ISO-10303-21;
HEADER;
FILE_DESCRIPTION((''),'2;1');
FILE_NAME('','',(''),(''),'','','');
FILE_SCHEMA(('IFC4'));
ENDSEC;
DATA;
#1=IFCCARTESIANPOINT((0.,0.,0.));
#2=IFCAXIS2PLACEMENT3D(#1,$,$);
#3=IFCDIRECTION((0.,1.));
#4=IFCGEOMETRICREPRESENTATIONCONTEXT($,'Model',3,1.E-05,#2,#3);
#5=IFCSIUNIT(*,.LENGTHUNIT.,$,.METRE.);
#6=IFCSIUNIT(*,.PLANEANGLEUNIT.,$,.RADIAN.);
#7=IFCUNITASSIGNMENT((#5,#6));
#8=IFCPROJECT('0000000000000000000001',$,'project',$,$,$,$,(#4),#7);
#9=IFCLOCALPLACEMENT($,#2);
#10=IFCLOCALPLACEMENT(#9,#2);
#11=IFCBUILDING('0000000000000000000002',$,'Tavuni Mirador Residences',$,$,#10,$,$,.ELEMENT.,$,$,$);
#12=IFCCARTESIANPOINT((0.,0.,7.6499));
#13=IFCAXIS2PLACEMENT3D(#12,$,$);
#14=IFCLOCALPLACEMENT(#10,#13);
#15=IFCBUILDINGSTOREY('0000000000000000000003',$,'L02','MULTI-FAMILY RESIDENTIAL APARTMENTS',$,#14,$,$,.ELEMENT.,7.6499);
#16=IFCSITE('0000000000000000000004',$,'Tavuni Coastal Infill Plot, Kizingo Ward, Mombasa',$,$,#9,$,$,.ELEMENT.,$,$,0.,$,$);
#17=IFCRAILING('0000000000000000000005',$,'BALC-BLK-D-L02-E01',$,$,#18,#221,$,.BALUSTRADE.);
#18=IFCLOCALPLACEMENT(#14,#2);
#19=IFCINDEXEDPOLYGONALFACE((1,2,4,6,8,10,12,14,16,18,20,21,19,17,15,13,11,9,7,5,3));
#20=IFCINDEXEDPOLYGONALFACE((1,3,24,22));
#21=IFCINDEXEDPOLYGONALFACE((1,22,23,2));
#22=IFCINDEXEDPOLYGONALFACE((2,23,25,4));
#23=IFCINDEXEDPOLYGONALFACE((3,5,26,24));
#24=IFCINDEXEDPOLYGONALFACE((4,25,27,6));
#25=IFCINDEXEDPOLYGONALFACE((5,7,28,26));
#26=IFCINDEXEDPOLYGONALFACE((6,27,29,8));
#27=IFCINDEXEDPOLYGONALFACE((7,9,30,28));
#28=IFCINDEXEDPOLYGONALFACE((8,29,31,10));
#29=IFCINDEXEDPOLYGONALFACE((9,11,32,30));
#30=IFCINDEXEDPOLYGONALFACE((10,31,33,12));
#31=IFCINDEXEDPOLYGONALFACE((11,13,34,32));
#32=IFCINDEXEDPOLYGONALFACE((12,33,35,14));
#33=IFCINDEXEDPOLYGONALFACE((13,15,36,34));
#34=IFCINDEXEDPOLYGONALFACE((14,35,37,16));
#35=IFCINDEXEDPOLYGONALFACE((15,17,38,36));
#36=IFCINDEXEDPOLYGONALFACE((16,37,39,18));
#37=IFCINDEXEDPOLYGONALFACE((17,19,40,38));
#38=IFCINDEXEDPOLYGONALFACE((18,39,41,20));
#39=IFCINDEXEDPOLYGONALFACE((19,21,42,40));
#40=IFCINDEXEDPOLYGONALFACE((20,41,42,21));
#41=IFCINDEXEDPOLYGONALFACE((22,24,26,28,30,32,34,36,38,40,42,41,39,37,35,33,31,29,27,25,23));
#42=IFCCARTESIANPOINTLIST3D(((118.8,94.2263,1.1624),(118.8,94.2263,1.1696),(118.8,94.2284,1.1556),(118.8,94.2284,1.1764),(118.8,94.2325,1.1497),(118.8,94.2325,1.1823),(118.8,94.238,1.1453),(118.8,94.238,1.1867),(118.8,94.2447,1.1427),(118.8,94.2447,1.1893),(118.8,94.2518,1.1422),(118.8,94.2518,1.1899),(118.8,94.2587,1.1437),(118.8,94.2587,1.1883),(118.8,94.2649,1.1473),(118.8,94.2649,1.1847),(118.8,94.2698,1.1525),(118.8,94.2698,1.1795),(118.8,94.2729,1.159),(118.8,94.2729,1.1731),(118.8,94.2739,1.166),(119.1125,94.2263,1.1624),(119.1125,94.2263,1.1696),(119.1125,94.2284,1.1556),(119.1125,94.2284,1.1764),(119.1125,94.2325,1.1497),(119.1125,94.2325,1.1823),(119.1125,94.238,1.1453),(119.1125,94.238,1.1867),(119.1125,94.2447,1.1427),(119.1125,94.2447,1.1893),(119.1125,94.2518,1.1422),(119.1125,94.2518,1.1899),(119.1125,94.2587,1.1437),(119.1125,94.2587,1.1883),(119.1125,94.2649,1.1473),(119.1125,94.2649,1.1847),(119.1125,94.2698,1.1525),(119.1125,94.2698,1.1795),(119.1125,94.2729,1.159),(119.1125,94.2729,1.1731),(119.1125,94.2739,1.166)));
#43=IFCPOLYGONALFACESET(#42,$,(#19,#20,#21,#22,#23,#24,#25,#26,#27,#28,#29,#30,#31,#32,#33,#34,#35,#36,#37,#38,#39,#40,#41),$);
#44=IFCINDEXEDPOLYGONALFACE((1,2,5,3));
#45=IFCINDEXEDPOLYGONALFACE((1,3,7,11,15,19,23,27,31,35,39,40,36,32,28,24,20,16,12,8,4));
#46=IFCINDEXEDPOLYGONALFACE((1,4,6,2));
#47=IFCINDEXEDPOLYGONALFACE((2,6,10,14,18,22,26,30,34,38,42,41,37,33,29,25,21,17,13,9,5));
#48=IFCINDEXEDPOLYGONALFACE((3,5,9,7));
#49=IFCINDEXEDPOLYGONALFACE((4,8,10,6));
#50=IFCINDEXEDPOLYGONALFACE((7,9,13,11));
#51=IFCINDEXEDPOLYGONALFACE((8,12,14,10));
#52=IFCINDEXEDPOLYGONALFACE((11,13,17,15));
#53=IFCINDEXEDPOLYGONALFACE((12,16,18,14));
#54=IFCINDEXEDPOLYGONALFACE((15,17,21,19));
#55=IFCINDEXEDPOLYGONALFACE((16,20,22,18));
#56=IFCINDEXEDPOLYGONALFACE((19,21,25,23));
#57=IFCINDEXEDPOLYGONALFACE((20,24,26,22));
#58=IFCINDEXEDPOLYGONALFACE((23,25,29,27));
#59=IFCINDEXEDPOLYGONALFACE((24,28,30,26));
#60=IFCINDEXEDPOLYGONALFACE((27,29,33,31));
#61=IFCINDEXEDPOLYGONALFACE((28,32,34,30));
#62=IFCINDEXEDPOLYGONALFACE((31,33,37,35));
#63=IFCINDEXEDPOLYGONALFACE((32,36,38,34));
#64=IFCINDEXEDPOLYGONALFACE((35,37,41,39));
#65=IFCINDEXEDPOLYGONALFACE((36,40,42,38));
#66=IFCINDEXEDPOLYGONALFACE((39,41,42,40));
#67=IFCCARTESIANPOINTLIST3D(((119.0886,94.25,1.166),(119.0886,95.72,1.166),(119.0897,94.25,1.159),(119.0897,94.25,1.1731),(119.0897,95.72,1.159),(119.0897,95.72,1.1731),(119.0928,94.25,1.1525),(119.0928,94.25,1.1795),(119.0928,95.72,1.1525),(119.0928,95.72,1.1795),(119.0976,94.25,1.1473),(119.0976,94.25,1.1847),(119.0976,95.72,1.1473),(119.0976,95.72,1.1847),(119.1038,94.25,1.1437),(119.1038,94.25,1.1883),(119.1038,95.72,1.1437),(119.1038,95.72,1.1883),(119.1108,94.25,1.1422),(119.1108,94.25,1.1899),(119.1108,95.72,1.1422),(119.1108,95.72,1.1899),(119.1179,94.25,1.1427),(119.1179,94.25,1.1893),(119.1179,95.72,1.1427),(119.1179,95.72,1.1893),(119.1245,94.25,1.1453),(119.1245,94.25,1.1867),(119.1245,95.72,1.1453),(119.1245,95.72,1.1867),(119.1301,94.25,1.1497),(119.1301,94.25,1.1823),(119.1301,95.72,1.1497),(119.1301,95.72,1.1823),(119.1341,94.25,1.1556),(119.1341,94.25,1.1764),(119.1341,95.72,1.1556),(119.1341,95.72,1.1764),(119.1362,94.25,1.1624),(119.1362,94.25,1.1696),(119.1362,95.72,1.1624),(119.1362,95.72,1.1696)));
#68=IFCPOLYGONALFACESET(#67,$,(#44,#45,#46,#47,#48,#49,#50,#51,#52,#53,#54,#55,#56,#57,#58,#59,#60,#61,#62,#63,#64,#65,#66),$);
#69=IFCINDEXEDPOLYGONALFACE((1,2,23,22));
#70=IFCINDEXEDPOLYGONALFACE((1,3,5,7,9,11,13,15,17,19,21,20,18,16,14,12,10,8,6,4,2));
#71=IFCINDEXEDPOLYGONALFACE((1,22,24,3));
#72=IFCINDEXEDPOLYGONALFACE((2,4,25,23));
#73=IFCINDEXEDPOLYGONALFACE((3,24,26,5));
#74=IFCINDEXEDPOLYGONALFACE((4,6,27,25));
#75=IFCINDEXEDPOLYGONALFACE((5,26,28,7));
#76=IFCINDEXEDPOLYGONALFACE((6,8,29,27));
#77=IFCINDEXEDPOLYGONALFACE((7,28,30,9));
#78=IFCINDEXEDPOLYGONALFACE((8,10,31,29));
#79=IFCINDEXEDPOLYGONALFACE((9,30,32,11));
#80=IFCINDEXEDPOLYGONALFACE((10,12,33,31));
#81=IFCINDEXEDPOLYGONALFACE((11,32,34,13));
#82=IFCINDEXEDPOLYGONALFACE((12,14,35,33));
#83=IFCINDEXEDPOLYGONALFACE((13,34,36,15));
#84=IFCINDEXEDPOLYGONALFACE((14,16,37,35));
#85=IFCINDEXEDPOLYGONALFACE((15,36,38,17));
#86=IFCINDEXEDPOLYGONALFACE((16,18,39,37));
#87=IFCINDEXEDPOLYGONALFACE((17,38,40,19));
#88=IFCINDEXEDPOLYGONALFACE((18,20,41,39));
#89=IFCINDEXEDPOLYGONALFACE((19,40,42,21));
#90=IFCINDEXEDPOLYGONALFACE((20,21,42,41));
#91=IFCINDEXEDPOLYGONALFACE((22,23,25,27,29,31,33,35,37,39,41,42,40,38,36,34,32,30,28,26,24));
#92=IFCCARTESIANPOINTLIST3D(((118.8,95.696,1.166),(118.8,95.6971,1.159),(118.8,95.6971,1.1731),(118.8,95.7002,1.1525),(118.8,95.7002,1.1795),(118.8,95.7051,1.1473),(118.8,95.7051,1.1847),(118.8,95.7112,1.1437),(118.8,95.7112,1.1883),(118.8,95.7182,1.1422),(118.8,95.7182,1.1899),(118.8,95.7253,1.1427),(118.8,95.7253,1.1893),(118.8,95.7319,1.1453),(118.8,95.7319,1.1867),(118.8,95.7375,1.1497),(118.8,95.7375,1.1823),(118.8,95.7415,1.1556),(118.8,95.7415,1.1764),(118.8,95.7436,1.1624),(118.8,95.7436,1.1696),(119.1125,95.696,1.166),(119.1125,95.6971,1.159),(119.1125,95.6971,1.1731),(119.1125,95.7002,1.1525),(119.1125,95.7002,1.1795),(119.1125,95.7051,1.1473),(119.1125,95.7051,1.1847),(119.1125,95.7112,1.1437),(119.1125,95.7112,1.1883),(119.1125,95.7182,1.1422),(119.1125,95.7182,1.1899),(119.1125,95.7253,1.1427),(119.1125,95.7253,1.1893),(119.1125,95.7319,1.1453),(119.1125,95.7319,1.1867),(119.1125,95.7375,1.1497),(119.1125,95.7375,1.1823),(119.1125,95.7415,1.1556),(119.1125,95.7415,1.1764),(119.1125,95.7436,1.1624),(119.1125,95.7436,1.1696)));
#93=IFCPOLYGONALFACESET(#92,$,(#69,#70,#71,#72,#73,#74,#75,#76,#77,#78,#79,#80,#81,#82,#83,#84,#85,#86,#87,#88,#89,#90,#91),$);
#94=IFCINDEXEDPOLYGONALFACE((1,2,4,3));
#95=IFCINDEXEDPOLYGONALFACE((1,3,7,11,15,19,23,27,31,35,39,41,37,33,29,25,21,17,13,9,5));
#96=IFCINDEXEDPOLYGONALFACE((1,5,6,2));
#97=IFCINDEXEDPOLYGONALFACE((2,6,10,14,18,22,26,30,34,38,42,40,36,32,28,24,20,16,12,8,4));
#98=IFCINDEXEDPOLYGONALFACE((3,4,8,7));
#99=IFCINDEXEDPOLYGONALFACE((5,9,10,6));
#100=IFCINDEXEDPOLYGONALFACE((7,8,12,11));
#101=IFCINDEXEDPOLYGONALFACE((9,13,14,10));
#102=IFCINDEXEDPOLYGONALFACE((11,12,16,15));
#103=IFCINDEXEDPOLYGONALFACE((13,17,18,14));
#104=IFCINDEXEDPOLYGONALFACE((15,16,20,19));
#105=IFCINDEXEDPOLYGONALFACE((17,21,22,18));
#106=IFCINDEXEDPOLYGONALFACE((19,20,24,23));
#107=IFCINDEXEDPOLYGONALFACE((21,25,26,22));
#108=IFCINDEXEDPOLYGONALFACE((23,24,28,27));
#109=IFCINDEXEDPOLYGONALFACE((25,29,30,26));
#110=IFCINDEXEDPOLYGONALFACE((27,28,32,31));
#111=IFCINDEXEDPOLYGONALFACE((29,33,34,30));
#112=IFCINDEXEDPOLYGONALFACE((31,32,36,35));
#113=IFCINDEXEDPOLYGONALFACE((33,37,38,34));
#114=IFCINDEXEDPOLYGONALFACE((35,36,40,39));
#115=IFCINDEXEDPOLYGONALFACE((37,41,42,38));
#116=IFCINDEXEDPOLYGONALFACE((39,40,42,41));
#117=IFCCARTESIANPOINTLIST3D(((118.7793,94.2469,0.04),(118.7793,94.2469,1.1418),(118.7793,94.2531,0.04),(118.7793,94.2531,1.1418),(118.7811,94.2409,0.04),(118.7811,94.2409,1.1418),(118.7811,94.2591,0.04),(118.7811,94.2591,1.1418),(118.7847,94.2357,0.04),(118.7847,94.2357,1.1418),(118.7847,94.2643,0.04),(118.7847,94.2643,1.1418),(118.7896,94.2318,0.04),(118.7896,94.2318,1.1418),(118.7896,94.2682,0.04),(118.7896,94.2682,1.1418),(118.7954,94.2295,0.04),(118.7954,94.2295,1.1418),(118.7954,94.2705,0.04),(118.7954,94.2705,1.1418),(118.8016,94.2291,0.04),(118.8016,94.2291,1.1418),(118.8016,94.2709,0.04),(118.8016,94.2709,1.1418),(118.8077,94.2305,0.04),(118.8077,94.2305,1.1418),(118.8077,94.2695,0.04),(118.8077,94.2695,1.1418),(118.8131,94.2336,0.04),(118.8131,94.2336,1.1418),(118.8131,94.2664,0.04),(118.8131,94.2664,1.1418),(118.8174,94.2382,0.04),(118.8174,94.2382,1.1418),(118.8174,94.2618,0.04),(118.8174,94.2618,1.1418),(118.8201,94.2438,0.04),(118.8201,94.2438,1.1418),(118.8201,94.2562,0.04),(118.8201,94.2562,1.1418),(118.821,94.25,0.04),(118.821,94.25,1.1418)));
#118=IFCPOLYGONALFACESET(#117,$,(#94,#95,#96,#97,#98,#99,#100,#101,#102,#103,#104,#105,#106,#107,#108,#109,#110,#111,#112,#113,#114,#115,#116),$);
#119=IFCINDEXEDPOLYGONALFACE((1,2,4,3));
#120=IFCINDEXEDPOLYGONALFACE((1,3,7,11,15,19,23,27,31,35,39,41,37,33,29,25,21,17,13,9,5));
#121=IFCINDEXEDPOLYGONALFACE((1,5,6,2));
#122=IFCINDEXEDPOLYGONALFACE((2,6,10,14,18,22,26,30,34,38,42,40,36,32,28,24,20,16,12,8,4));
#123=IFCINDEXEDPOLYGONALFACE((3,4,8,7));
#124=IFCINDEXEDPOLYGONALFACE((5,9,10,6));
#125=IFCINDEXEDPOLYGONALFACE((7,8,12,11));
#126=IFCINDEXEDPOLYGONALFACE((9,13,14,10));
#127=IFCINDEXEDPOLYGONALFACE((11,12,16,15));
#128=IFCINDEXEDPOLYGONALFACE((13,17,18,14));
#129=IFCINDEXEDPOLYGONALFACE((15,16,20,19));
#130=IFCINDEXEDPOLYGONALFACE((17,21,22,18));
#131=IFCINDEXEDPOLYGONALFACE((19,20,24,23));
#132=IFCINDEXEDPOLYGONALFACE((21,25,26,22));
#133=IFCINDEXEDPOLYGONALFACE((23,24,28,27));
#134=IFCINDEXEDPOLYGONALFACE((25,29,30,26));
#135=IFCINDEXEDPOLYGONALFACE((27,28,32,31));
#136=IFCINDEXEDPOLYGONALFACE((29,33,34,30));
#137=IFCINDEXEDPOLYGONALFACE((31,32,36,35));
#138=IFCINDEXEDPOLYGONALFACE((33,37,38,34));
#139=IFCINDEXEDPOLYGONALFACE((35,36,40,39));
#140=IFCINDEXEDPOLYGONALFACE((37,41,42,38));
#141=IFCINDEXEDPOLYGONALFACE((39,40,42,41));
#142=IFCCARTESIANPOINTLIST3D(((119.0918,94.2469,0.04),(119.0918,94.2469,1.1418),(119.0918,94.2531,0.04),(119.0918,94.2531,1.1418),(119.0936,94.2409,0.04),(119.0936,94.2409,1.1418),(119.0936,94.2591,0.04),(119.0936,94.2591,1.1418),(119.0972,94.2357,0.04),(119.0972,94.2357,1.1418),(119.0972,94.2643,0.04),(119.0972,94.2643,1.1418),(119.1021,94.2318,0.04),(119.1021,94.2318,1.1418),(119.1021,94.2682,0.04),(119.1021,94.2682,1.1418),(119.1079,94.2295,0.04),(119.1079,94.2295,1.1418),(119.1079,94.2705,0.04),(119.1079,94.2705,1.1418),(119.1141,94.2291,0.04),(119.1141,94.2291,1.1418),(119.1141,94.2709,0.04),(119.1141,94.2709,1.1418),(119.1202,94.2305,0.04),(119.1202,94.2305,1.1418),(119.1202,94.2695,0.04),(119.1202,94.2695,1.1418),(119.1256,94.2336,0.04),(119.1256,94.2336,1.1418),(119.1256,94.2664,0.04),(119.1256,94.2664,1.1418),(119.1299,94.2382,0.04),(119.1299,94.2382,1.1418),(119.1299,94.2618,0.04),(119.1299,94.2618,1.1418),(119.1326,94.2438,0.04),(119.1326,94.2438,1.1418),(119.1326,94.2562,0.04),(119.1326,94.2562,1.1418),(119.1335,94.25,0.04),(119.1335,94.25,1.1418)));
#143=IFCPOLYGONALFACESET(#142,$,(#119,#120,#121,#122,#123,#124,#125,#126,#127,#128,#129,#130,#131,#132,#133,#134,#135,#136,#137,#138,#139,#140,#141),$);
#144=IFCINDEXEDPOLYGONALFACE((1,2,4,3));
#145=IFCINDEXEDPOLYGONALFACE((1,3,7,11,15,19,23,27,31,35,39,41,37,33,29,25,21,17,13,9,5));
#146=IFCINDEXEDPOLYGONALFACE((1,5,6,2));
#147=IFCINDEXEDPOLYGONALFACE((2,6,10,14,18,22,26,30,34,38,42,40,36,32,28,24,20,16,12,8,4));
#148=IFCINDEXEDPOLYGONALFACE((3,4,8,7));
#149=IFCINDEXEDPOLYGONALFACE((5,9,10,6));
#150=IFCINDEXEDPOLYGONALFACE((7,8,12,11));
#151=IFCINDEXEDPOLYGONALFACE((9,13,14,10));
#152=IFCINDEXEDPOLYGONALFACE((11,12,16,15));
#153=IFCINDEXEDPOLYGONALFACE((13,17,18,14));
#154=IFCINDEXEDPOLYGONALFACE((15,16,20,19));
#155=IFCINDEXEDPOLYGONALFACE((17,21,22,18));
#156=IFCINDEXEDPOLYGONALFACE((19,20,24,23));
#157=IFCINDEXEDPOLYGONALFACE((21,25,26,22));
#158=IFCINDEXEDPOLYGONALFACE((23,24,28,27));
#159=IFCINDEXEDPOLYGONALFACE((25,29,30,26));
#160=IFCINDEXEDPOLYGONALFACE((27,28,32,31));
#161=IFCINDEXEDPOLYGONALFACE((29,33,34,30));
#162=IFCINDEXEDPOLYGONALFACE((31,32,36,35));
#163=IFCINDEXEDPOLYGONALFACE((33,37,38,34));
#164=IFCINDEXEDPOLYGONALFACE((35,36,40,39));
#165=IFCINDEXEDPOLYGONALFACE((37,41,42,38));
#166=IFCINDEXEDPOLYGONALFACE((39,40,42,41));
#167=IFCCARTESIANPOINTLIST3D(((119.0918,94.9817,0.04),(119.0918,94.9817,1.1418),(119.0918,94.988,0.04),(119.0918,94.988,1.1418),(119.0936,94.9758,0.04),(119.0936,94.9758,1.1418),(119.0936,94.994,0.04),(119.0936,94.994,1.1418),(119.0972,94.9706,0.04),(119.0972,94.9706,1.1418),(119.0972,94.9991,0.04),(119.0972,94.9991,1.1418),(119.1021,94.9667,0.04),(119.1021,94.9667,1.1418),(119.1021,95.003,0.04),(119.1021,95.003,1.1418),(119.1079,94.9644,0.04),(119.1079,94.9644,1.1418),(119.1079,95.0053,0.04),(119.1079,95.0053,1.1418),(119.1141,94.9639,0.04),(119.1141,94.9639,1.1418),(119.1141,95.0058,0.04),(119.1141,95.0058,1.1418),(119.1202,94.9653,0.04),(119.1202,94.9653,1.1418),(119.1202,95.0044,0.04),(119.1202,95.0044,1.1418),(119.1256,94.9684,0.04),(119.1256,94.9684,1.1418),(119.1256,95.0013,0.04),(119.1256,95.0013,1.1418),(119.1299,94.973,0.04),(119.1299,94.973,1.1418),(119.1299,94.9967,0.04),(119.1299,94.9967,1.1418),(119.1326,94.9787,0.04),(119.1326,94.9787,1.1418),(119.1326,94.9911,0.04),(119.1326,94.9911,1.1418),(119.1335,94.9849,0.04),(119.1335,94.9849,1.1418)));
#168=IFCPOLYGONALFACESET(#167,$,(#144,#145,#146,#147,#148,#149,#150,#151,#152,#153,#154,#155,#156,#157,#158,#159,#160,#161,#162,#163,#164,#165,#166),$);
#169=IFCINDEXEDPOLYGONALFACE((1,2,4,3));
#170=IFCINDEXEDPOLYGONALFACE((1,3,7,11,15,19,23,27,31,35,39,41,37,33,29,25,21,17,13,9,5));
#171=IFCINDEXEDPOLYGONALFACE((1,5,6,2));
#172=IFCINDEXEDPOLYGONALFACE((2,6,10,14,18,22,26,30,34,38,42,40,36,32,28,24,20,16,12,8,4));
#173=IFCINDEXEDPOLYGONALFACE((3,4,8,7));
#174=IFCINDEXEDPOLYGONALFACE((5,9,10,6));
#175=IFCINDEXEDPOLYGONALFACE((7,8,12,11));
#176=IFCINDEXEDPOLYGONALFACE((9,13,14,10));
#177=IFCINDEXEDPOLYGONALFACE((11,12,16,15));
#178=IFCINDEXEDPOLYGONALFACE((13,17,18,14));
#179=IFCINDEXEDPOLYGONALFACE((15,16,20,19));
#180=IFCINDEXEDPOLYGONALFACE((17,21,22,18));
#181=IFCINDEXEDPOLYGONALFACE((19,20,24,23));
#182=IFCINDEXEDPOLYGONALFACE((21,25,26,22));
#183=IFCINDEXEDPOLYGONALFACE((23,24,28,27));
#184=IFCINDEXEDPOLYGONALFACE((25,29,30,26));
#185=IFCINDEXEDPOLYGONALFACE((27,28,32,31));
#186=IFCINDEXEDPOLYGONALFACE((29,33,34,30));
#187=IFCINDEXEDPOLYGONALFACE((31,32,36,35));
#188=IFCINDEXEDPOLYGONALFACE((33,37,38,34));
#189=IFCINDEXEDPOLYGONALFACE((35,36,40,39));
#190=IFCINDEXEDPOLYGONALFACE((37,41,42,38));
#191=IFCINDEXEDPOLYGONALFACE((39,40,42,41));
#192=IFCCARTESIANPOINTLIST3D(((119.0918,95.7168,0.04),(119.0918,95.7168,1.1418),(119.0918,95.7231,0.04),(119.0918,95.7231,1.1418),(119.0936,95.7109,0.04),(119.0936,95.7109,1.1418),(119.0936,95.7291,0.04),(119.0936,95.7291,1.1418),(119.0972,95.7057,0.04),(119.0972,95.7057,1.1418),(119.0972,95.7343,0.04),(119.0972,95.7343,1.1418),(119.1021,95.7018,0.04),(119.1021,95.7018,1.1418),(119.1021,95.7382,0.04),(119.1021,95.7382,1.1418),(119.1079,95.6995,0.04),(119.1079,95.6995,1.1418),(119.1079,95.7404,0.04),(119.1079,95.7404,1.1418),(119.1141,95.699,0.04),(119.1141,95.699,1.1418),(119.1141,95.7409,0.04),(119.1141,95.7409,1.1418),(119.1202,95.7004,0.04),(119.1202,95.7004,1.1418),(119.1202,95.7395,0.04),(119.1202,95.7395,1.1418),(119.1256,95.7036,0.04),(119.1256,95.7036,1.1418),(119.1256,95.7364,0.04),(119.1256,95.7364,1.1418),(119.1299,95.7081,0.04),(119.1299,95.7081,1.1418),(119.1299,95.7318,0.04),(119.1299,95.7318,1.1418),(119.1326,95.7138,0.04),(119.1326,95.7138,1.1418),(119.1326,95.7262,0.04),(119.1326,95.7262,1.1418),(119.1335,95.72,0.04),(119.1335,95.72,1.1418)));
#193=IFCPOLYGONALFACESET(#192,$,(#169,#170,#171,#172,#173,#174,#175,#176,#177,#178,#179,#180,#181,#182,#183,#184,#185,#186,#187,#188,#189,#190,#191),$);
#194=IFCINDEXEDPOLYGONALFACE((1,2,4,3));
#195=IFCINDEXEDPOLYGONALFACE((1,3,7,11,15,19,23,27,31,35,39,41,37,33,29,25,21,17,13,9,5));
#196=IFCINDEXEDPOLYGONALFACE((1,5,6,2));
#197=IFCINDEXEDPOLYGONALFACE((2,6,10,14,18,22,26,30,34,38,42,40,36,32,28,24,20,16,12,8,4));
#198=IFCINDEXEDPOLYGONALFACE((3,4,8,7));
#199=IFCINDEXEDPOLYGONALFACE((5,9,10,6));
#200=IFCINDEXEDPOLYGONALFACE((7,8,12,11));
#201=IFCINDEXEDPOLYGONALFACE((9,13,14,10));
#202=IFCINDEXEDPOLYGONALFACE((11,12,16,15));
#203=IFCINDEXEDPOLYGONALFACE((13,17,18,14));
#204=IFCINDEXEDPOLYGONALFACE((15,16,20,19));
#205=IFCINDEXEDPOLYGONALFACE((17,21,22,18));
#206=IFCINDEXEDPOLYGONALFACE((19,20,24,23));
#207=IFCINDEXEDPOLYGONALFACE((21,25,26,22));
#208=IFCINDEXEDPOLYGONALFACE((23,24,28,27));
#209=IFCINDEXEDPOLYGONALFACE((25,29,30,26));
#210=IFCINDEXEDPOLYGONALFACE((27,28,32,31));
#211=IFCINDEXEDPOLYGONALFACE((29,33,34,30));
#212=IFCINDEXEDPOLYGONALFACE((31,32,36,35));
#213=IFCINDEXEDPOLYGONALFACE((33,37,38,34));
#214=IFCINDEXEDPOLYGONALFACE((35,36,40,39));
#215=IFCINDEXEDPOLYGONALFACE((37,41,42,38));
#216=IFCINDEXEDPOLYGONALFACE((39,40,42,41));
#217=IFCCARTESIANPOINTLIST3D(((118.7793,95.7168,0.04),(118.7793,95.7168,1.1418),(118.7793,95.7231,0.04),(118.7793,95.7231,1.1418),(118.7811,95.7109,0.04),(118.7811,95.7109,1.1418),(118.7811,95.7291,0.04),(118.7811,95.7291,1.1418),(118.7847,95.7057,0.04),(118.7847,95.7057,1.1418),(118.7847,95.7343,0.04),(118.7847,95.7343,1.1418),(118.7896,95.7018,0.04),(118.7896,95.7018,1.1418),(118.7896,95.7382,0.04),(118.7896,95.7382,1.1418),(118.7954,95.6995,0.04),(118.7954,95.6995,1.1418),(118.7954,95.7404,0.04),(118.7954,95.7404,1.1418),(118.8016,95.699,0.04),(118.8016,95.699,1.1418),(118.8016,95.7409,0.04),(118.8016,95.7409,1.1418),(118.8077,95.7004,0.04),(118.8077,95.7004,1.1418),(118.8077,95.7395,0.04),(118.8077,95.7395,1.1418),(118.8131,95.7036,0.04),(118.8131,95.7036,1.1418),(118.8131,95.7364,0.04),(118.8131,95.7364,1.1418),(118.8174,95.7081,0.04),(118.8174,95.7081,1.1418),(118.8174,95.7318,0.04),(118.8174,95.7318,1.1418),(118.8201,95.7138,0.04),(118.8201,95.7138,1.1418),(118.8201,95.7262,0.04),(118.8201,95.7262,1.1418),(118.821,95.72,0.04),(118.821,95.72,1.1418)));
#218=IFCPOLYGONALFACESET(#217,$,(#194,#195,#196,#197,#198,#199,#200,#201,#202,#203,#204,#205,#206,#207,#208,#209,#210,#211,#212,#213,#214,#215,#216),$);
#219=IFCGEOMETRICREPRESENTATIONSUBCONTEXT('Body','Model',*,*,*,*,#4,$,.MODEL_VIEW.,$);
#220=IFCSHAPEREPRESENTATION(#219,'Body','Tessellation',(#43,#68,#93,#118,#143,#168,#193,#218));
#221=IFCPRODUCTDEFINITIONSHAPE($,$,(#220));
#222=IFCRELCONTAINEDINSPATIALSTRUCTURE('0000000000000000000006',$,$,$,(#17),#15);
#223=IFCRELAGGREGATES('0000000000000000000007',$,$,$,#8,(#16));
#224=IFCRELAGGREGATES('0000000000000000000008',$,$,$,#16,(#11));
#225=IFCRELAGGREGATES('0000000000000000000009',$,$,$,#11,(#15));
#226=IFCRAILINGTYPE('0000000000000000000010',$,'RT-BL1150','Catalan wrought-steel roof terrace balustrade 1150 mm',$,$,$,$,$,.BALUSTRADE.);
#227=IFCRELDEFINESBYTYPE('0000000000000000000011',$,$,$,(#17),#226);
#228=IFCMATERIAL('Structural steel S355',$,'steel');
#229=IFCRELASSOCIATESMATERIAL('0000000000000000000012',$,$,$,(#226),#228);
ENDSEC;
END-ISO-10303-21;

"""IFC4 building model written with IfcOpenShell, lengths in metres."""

from ifc_helpers import new_model, si_unit, direction, frame, origin, origin_2d, place, context, subcontext, project, spatial, circle, extrude, material, type_object, element, save


model = new_model("IFC4")

# Units and contexts
model_context = context("Model", 3, precision=1e-05, world=origin(), true_north=direction((0.0, 1.0)))
body_context = subcontext(model_context, "Body", "Model", "MODEL_VIEW")
ifc_project = project(units=[si_unit("LENGTHUNIT", "METRE"), si_unit("PLANEANGLEUNIT", "RADIAN")], contexts=[model_context])

# Site, building, storey
site_placement = place(None, origin())
site = spatial("IfcSite", under=ifc_project, at=site_placement, Name="Tavuni Coastal Infill Plot, Kizingo Ward, Mombasa", CompositionType="ELEMENT", RefElevation=0.0)
building_placement = place(site_placement, origin())
building = spatial("IfcBuilding", under=site, at=building_placement, Name="Tavuni Mirador Residences", CompositionType="ELEMENT")
storey_placement = place(building_placement, frame((0.0, 0.0, 7.6499)))
storey = spatial("IfcBuildingStorey", under=building, at=storey_placement, Name="L02", Description="MULTI-FAMILY RESIDENTIAL APARTMENTS", CompositionType="ELEMENT", Elevation=7.6499)

# Railing
ifc_material_1 = material(Name="Structural steel S355", Category="steel")
railing_type = type_object("IfcRailingType", Name="RT-BL1150", Description="Catalan wrought-steel roof terrace balustrade 1150 mm", PredefinedType="BALUSTRADE", material=ifc_material_1)
railing_placement = place(storey_placement, frame((118.8, 94.25, 0.04)))
element("IfcRailing", 1, at=railing_placement, inside=storey, type_object=railing_type, Name="BALC-BLK-D-L02-E01", PredefinedType="BALUSTRADE", context=body_context, shape_type="SweptSolid", body=[
    extrude(circle(Radius=0.0239, at=origin_2d()), frame((0.0, 0.0, 1.126), z_axis=(1.0, 0.0, 0.0), x_axis=(0.0, 1.0, 0.0)), (0.0, 0.0, 1.0), 0.3125),
    extrude(circle(Radius=0.0239, at=origin_2d()), frame((0.3125, 0.0, 1.126), z_axis=(0.0, 1.0, 0.0), x_axis=(-1.0, 0.0, 0.0)), (0.0, 0.0, 1.0), 1.47),
    extrude(circle(Radius=0.0239, at=origin_2d()), frame((0.3125, 1.47, 1.126), z_axis=(-1.0, 0.0, 0.0), x_axis=(0.0, -1.0, 0.0)), (0.0, 0.0, 1.0), 0.3125),
    extrude(circle(Radius=0.021, at=origin_2d()), origin(), (0.0, 0.0, 1.0), 1.1018),
    extrude(circle(Radius=0.021, at=origin_2d()), frame((0.3125, 0.0, 0.0)), (0.0, 0.0, 1.0), 1.1018),
    extrude(circle(Radius=0.021, at=origin_2d()), frame((0.3125, 0.7349, 0.0)), (0.0, 0.0, 1.0), 1.1018),
    extrude(circle(Radius=0.021, at=origin_2d()), frame((0.3125, 1.47, 0.0)), (0.0, 0.0, 1.0), 1.1018),
    extrude(circle(Radius=0.021, at=origin_2d()), frame((0.0, 1.47, 0.0)), (0.0, 0.0, 1.0), 1.1018),
])

save(model, "model.ifc")
